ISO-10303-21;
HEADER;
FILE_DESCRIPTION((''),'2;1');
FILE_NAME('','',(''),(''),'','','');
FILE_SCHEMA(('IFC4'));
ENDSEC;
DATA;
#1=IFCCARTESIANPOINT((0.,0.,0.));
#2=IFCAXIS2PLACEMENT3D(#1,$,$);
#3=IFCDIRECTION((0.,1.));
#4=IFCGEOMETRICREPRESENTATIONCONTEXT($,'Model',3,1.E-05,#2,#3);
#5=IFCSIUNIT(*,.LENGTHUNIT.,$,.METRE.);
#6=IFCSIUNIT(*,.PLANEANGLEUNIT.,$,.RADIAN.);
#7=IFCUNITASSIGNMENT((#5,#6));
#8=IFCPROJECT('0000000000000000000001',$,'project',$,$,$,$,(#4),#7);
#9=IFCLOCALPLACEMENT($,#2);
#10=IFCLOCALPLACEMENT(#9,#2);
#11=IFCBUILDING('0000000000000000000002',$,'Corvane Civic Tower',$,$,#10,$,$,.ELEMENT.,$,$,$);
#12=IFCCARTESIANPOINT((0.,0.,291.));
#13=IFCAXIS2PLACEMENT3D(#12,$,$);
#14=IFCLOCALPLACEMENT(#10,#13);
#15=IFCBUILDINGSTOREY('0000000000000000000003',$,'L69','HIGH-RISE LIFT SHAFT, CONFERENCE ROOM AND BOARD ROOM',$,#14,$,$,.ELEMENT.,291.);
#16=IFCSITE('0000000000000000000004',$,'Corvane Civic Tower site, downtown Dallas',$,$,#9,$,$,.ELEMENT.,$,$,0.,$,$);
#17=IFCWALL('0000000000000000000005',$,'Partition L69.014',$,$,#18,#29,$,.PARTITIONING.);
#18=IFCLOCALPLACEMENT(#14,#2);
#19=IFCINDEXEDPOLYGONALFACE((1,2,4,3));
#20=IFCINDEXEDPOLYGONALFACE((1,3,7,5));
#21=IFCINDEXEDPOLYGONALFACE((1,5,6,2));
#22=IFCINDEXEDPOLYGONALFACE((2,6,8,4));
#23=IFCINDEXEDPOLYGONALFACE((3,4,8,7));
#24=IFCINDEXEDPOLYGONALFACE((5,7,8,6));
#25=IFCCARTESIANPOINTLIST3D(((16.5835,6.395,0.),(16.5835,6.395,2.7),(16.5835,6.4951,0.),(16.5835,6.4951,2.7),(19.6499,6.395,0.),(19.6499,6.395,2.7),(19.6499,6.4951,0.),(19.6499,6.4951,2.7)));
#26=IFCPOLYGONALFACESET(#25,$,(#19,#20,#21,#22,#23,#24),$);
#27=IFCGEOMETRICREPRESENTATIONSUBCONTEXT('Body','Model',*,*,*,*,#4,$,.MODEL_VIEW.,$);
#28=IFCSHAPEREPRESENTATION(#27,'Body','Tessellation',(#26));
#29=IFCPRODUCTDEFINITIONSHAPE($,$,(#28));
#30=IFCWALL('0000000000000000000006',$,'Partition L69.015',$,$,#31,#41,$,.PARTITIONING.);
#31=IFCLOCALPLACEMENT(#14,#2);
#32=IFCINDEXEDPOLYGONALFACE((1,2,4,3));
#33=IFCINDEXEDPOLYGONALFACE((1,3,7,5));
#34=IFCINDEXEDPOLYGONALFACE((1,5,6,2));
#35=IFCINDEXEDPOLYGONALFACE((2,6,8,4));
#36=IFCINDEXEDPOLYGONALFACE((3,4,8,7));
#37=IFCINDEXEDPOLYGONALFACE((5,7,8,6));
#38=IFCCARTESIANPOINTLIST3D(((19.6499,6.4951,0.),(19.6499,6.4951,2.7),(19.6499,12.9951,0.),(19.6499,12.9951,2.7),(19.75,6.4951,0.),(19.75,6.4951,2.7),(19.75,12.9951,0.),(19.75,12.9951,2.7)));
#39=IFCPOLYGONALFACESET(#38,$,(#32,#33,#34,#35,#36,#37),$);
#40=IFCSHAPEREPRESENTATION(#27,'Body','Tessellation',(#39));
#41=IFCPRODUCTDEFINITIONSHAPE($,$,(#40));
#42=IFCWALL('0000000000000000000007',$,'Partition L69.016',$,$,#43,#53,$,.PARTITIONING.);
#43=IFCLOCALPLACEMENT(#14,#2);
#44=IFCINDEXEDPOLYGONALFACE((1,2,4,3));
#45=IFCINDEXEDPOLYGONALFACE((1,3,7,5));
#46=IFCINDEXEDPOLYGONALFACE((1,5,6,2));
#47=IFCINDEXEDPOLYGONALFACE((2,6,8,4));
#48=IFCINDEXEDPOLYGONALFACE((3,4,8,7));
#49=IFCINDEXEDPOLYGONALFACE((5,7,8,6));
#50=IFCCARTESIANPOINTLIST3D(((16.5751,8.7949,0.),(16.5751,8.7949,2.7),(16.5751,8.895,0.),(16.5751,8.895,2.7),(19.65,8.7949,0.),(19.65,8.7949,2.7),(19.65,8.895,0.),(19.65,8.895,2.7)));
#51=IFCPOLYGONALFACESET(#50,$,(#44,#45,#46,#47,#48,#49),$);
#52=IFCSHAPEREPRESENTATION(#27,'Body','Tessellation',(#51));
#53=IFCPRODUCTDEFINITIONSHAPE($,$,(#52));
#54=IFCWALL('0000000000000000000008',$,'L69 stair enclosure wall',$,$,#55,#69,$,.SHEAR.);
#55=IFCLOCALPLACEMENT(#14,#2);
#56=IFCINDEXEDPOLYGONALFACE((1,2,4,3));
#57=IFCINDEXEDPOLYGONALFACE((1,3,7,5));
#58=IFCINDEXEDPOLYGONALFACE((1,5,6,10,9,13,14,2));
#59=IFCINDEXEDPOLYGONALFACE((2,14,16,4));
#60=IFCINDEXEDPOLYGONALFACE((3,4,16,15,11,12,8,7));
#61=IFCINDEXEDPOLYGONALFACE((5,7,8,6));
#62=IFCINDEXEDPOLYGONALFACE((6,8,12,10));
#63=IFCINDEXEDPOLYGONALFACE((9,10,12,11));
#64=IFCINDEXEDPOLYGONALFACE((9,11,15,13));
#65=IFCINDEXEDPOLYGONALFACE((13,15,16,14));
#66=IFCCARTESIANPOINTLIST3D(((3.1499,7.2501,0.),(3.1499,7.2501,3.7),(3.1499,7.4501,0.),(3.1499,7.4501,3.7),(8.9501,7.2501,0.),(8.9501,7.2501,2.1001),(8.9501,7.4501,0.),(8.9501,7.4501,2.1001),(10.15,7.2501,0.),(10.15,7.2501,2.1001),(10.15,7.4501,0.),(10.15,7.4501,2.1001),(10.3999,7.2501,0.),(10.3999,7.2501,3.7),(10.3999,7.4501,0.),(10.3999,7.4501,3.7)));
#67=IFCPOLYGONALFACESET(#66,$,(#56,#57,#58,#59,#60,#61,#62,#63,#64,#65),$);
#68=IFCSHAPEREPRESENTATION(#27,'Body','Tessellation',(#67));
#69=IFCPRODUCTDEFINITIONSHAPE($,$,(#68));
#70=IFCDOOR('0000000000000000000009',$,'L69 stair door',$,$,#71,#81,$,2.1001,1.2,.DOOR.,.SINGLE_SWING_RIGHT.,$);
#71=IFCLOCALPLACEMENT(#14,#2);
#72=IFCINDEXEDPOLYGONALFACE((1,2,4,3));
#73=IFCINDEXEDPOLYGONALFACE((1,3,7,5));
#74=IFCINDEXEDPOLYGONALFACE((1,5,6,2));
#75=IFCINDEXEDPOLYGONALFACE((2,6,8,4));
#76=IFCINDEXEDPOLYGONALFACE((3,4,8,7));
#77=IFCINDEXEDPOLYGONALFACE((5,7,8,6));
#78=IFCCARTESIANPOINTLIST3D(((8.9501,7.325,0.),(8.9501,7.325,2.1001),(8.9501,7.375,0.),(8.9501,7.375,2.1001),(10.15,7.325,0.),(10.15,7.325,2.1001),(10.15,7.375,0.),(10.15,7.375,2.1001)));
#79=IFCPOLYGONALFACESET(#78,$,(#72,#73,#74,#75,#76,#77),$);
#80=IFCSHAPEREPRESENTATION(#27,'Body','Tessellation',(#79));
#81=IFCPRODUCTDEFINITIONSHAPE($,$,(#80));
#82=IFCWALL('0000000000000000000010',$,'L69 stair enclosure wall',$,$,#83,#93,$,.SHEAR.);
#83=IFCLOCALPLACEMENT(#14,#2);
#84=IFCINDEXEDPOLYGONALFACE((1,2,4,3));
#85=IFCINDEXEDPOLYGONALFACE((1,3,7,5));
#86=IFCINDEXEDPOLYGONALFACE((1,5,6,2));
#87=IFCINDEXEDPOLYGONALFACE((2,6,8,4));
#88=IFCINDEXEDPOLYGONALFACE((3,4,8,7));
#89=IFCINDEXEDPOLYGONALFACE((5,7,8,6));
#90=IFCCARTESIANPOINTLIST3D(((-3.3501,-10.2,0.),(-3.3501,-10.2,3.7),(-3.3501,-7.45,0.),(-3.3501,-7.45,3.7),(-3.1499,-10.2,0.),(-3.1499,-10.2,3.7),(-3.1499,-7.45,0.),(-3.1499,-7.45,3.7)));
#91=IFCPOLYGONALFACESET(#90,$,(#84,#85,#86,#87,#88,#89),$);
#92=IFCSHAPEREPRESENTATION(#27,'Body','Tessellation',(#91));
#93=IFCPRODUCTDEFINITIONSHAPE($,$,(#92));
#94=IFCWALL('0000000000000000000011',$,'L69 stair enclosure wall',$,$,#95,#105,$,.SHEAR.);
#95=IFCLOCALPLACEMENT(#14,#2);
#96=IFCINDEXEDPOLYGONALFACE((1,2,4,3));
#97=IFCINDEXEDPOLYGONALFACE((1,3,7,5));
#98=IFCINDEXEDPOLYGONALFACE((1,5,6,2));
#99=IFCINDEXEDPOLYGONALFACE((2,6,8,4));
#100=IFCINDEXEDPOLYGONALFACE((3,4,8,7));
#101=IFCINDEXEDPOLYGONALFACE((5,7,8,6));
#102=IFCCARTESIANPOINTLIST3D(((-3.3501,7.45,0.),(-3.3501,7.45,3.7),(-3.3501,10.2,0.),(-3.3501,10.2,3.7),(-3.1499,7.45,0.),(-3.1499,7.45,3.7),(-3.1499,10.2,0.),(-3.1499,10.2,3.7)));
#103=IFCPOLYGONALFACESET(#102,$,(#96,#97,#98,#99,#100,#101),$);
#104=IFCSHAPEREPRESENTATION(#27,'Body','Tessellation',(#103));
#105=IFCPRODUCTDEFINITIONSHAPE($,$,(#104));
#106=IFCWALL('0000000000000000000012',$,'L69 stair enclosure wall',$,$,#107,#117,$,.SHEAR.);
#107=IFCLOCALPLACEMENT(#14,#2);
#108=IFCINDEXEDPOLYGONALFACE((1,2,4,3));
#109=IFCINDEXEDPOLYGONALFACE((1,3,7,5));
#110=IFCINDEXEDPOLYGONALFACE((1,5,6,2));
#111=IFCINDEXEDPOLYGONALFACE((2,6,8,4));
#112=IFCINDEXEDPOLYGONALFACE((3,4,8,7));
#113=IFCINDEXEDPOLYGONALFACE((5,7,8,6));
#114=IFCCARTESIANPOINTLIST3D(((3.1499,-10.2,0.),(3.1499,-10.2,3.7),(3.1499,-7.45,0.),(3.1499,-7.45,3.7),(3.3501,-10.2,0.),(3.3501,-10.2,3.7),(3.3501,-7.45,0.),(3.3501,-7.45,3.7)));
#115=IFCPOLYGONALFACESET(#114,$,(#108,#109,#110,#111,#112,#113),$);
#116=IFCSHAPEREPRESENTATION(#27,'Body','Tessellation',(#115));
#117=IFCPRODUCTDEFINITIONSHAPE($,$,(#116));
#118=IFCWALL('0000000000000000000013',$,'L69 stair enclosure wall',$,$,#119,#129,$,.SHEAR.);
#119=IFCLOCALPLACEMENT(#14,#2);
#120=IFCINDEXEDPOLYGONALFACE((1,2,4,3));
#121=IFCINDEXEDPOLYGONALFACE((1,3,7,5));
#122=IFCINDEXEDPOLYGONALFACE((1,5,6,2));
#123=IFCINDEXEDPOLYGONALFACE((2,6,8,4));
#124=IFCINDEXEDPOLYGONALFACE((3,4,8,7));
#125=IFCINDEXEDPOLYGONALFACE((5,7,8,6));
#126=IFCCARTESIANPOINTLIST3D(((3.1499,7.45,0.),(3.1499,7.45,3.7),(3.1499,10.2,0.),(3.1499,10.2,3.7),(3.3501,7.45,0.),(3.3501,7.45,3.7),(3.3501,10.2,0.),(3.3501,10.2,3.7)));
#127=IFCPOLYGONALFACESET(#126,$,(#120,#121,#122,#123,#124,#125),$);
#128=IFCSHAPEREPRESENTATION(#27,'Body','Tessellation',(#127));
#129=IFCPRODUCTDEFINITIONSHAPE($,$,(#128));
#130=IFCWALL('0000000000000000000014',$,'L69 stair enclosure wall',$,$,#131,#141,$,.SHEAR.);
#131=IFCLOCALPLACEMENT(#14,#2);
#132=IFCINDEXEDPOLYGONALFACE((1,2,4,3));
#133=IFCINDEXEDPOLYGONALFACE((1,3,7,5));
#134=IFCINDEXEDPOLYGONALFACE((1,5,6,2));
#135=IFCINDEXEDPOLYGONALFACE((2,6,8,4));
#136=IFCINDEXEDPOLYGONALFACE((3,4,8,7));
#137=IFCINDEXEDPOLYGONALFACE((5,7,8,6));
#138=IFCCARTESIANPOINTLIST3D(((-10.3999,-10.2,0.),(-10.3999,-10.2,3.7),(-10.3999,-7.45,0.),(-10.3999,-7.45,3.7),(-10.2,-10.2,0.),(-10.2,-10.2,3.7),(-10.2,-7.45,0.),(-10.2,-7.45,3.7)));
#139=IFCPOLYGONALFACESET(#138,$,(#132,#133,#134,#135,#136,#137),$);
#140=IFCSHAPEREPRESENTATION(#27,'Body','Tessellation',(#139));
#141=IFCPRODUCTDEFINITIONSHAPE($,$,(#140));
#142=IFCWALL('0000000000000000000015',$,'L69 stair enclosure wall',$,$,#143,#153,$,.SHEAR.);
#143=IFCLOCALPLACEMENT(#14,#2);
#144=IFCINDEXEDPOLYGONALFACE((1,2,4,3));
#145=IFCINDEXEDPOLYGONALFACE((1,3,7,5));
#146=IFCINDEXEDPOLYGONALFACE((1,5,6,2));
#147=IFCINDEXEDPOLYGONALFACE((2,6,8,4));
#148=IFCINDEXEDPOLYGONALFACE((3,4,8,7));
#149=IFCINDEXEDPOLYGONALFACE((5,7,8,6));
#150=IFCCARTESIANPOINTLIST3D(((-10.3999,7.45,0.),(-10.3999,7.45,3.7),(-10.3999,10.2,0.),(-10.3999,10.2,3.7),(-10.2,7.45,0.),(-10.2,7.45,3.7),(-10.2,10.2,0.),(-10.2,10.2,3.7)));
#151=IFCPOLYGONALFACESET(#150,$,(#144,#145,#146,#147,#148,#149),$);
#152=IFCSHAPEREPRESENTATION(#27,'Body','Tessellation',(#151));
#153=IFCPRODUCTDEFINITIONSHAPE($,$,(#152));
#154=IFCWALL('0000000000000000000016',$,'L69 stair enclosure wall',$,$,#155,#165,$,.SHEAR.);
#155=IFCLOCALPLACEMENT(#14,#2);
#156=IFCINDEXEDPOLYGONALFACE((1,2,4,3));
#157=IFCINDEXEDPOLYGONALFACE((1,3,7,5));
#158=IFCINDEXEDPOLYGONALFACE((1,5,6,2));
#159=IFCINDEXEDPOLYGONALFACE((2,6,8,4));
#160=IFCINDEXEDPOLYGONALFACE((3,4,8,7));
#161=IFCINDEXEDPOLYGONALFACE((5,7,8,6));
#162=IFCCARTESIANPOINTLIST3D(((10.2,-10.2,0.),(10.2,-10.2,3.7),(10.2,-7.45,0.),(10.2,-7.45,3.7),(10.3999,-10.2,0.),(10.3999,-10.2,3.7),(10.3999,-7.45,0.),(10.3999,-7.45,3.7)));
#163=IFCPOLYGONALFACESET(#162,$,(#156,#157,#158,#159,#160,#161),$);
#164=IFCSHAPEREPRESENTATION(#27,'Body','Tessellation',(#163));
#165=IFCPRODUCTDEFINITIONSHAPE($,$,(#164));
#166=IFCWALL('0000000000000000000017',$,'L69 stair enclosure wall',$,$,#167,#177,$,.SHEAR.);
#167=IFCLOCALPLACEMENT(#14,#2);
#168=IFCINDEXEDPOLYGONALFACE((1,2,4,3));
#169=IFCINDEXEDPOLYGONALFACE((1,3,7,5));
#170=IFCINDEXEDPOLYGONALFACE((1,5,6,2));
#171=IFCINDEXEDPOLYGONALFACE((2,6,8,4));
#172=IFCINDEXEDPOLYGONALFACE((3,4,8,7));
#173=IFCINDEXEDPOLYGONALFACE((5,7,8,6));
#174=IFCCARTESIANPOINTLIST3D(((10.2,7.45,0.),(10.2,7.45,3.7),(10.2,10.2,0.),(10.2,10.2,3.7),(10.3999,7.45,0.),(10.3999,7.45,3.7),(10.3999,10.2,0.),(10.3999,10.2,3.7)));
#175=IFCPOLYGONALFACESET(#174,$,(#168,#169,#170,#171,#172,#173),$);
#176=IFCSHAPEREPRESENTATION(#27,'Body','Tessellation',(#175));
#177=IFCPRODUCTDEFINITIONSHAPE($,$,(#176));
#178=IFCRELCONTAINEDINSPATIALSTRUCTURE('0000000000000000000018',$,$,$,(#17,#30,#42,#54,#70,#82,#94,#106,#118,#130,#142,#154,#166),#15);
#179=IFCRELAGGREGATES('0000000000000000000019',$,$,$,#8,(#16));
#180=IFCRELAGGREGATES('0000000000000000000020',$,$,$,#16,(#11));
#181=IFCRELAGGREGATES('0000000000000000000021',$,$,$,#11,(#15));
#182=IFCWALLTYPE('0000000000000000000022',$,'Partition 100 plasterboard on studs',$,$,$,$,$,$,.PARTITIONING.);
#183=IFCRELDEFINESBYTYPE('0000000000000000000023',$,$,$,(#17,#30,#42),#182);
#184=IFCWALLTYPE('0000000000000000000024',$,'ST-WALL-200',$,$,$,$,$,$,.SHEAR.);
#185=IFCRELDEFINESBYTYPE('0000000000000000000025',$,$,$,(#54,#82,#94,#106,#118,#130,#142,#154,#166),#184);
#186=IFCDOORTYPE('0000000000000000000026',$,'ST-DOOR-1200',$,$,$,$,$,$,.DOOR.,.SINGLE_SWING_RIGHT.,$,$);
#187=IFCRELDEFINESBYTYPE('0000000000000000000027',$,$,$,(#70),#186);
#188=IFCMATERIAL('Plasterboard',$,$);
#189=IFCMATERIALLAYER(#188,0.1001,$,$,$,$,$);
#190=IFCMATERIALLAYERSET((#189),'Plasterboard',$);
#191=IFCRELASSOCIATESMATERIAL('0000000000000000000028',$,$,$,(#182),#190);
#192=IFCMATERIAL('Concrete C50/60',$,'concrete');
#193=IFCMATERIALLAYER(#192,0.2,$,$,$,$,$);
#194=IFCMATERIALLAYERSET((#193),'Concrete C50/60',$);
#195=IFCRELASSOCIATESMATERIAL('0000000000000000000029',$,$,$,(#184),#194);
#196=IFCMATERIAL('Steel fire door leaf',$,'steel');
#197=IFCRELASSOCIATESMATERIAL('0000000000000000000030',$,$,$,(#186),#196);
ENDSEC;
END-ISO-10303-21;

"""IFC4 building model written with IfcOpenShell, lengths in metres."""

from ifc_helpers import new_model, si_unit, direction, frame, frame_2d, origin, place, context, subcontext, project, spatial, polyline, rectangle, outline, extrude, material, layer, layer_set, type_object, element, fill, save


model = new_model("IFC4")

# Units and contexts
model_context = context("Model", 3, precision=1e-05, world=origin(), true_north=direction((0.0, 1.0)))
body_context = subcontext(model_context, "Body", "Model", "MODEL_VIEW")
ifc_project = project(units=[si_unit("LENGTHUNIT", "METRE"), si_unit("PLANEANGLEUNIT", "RADIAN")], contexts=[model_context])

# Site, building, storey
site_placement = place(None, origin())
site = spatial("IfcSite", under=ifc_project, at=site_placement, Name="Corvane Civic Tower site, downtown Dallas", CompositionType="ELEMENT", RefElevation=0.0)
building_placement = place(site_placement, origin())
building = spatial("IfcBuilding", under=site, at=building_placement, Name="Corvane Civic Tower", CompositionType="ELEMENT")
storey_placement = place(building_placement, frame((0.0, 0.0, 291.0)))
storey = spatial("IfcBuildingStorey", under=building, at=storey_placement, Name="L69", Description="HIGH-RISE LIFT SHAFT, CONFERENCE ROOM AND BOARD ROOM", CompositionType="ELEMENT", Elevation=291.0)

# Shared definitions
ifc_material_1 = material(Name="Plasterboard")
ifc_layer_1 = layer(ifc_material_1, 0.1001)
ifc_layer_set_1 = layer_set([ifc_layer_1], Name="Plasterboard")
wall_type_1 = type_object("IfcWallType", Name="Partition 100 plasterboard on studs", PredefinedType="PARTITIONING", material=ifc_layer_set_1)

# Walls
wall_1_placement = place(storey_placement, frame((16.5835, 6.4451, 0.0), z_axis=(0.0, 0.0, 1.0), x_axis=(1.0, 0.0, 0.0)))
element("IfcWall", 1, at=wall_1_placement, inside=storey, type_object=wall_type_1, Name="Partition L69.014", PredefinedType="PARTITIONING", context=body_context, shape_type="SweptSolid", body=[
    extrude(rectangle(XDim=3.0664, YDim=0.1001, at=frame_2d((1.5332, 0.0))), origin(), (0.0, 0.0, 1.0), 2.7),
])
wall_2_placement = place(storey_placement, frame((19.7, 6.4951, 0.0), z_axis=(0.0, 0.0, 1.0), x_axis=(0.0, 1.0, 0.0)))
element("IfcWall", 2, at=wall_2_placement, inside=storey, type_object=wall_type_1, Name="Partition L69.015", PredefinedType="PARTITIONING", context=body_context, shape_type="SweptSolid", body=[
    extrude(rectangle(XDim=6.5, YDim=0.1001, at=frame_2d((3.25, 0.0))), origin(), (0.0, 0.0, 1.0), 2.7),
])
wall_3_placement = place(storey_placement, frame((16.575, 8.845, 0.0), z_axis=(0.0, 0.0, 1.0), x_axis=(1.0, 0.0, 0.0)))
element("IfcWall", 3, at=wall_3_placement, inside=storey, type_object=wall_type_1, Name="Partition L69.016", PredefinedType="PARTITIONING", context=body_context, shape_type="SweptSolid", body=[
    extrude(rectangle(XDim=3.075, YDim=0.1001, at=frame_2d((1.5376, 0.0))), origin(), (0.0, 0.0, 1.0), 2.7),
])

# Wall, opening, door
ifc_material_2 = material(Name="Concrete C50/60", Category="concrete")
ifc_layer_2 = layer(ifc_material_2, 0.2)
ifc_layer_set_2 = layer_set([ifc_layer_2], Name="Concrete C50/60")
wall_type_2 = type_object("IfcWallType", Name="ST-WALL-200", PredefinedType="SHEAR", material=ifc_layer_set_2)
wall_4_placement = place(storey_placement, frame((3.1499, 7.3501, 0.0), z_axis=(0.0, 0.0, 1.0), x_axis=(1.0, 0.0, 0.0)))
wall_4 = element("IfcWall", 4, at=wall_4_placement, inside=storey, type_object=wall_type_2, Name="L69 stair enclosure wall", PredefinedType="SHEAR", context=body_context, shape_type="SweptSolid", body=[
    extrude(rectangle(XDim=7.25, YDim=0.2, at=frame_2d((3.625, 0.0))), origin(), (0.0, 0.0, 1.0), 3.7),
])
opening_1_placement = place(wall_4_placement, frame((5.8, 0.0, 0.0)))
opening_1 = element("IfcOpeningElement", 5, at=opening_1_placement, cuts=wall_4, PredefinedType="OPENING", context=body_context, shape_type="SweptSolid", body=[
    extrude(rectangle(XDim=1.2, YDim=2.1001, at=frame_2d((0.6001, 1.05))), frame((0.0, 0.1099, 0.0), z_axis=(0.0, -1.0, 0.0), x_axis=(1.0, 0.0, 0.0)), (0.0, 0.0, 1.0), 0.22),
])
ifc_material_3 = material(Name="Steel fire door leaf", Category="steel")
door_type_1 = type_object("IfcDoorType", Name="ST-DOOR-1200", OperationType="SINGLE_SWING_RIGHT", PredefinedType="DOOR", material=ifc_material_3)
door_1_placement = place(opening_1_placement, origin())
door_1 = element("IfcDoor", 6, at=door_1_placement, inside=storey, type_object=door_type_1, Name="L69 stair door", OperationType="SINGLE_SWING_RIGHT", OverallHeight=2.1001, OverallWidth=1.2, PredefinedType="DOOR", context=body_context, shape_type="SweptSolid", body=[
    extrude(rectangle(XDim=1.2, YDim=2.1001, at=frame_2d((0.6001, 1.05))), frame((0.0, 0.0249, 0.0), z_axis=(0.0, -1.0, 0.0), x_axis=(1.0, 0.0, 0.0)), (0.0, 0.0, 1.0), 0.05),
])
fill(opening_1, door_1)

# Walls
wall_5_placement = place(storey_placement, origin())
element("IfcWall", 7, at=wall_5_placement, inside=storey, type_object=wall_type_2, Name="L69 stair enclosure wall", PredefinedType="SHEAR", context=body_context, shape_type="SweptSolid", body=[
    extrude(outline(polyline([(-3.1499, -7.45), (-3.1499, -10.2), (-3.3501, -10.2), (-3.3501, -7.45), (-3.1499, -7.45)])), origin(), (0.0, 0.0, 1.0), 3.7),
])
wall_6_placement = place(storey_placement, origin())
element("IfcWall", 8, at=wall_6_placement, inside=storey, type_object=wall_type_2, Name="L69 stair enclosure wall", PredefinedType="SHEAR", context=body_context, shape_type="SweptSolid", body=[
    extrude(outline(polyline([(-3.1499, 7.45), (-3.3501, 7.45), (-3.3501, 10.2), (-3.1499, 10.2), (-3.1499, 7.45)])), origin(), (0.0, 0.0, 1.0), 3.7),
])
wall_7_placement = place(storey_placement, origin())
element("IfcWall", 9, at=wall_7_placement, inside=storey, type_object=wall_type_2, Name="L69 stair enclosure wall", PredefinedType="SHEAR", context=body_context, shape_type="SweptSolid", body=[
    extrude(outline(polyline([(3.3501, -7.45), (3.3501, -10.2), (3.1499, -10.2), (3.1499, -7.45), (3.3501, -7.45)])), origin(), (0.0, 0.0, 1.0), 3.7),
])
wall_8_placement = place(storey_placement, origin())
element("IfcWall", 10, at=wall_8_placement, inside=storey, type_object=wall_type_2, Name="L69 stair enclosure wall", PredefinedType="SHEAR", context=body_context, shape_type="SweptSolid", body=[
    extrude(outline(polyline([(3.3501, 7.45), (3.1499, 7.45), (3.1499, 10.2), (3.3501, 10.2), (3.3501, 7.45)])), origin(), (0.0, 0.0, 1.0), 3.7),
])
wall_9_placement = place(storey_placement, origin())
element("IfcWall", 11, at=wall_9_placement, inside=storey, type_object=wall_type_2, Name="L69 stair enclosure wall", PredefinedType="SHEAR", context=body_context, shape_type="SweptSolid", body=[
    extrude(outline(polyline([(-10.2, -7.45), (-10.2, -10.2), (-10.3999, -10.2), (-10.3999, -7.45), (-10.2, -7.45)])), origin(), (0.0, 0.0, 1.0), 3.7),
])
wall_10_placement = place(storey_placement, origin())
element("IfcWall", 12, at=wall_10_placement, inside=storey, type_object=wall_type_2, Name="L69 stair enclosure wall", PredefinedType="SHEAR", context=body_context, shape_type="SweptSolid", body=[
    extrude(outline(polyline([(-10.2, 7.45), (-10.3999, 7.45), (-10.3999, 10.2), (-10.2, 10.2), (-10.2, 7.45)])), origin(), (0.0, 0.0, 1.0), 3.7),
])
wall_11_placement = place(storey_placement, origin())
element("IfcWall", 13, at=wall_11_placement, inside=storey, type_object=wall_type_2, Name="L69 stair enclosure wall", PredefinedType="SHEAR", context=body_context, shape_type="SweptSolid", body=[
    extrude(outline(polyline([(10.3999, -7.45), (10.3999, -10.2), (10.2, -10.2), (10.2, -7.45), (10.3999, -7.45)])), origin(), (0.0, 0.0, 1.0), 3.7),
])
wall_12_placement = place(storey_placement, origin())
element("IfcWall", 14, at=wall_12_placement, inside=storey, type_object=wall_type_2, Name="L69 stair enclosure wall", PredefinedType="SHEAR", context=body_context, shape_type="SweptSolid", body=[
    extrude(outline(polyline([(10.3999, 7.45), (10.2, 7.45), (10.2, 10.2), (10.3999, 10.2), (10.3999, 7.45)])), origin(), (0.0, 0.0, 1.0), 3.7),
])

save(model, "model.ifc")
